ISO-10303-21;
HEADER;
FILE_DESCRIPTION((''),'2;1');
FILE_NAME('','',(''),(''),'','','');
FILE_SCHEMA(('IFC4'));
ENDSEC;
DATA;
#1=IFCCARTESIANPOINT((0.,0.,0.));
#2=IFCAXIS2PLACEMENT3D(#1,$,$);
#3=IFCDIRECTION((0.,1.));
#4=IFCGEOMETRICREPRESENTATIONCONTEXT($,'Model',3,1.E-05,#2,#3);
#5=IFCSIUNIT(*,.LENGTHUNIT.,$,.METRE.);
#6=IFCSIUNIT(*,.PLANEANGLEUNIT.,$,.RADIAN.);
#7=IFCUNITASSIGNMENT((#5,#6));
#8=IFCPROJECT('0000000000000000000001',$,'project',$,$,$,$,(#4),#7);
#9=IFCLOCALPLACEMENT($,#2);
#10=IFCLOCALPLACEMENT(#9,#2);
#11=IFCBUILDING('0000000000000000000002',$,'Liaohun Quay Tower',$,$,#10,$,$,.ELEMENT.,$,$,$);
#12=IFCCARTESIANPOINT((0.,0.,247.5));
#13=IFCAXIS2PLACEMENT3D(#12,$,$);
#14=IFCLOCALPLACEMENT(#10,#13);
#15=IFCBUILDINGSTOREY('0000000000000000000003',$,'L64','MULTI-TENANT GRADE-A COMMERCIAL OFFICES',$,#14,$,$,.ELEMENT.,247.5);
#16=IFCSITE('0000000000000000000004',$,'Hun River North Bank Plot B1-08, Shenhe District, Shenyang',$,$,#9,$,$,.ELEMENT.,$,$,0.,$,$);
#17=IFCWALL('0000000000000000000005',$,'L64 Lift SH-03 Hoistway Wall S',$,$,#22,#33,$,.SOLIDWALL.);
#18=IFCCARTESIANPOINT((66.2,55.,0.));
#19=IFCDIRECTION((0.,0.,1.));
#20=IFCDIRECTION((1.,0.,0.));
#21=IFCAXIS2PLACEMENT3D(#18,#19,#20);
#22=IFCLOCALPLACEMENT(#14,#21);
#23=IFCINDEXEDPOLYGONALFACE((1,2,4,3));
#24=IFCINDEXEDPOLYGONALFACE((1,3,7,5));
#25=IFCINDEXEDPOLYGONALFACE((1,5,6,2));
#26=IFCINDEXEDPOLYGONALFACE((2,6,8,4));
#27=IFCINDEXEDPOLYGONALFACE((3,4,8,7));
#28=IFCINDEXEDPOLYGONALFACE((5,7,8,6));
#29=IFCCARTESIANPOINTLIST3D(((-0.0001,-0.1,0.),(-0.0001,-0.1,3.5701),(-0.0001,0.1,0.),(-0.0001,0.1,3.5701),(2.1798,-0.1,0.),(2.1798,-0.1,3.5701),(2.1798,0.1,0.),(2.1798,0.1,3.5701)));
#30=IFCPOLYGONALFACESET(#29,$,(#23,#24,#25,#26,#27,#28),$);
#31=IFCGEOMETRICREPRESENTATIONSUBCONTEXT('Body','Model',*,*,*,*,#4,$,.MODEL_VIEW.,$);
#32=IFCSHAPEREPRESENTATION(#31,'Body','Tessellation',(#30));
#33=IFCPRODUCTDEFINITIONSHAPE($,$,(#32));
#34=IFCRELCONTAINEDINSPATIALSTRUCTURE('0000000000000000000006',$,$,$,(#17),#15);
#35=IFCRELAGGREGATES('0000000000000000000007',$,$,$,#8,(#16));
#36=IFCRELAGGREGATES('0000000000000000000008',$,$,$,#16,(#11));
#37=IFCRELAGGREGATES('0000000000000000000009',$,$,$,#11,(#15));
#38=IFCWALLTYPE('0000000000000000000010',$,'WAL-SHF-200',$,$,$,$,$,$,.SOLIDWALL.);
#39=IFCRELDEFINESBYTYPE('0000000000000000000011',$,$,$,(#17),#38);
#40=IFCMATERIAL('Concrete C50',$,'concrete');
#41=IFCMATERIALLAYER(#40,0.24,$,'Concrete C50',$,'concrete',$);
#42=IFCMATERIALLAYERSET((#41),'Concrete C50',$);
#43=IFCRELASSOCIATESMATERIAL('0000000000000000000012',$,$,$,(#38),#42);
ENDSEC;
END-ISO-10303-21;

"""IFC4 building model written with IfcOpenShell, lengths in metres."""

from ifc_helpers import new_model, si_unit, direction, frame, frame_2d, origin, place, context, subcontext, project, spatial, rectangle, extrude, material, layer, layer_set, type_object, element, save


model = new_model("IFC4")

# Units and contexts
model_context = context("Model", 3, precision=1e-05, world=origin(), true_north=direction((0.0, 1.0)))
body_context = subcontext(model_context, "Body", "Model", "MODEL_VIEW")
ifc_project = project(units=[si_unit("LENGTHUNIT", "METRE"), si_unit("PLANEANGLEUNIT", "RADIAN")], contexts=[model_context])

# Site, building, storey
site_placement = place(None, origin())
site = spatial("IfcSite", under=ifc_project, at=site_placement, Name="Hun River North Bank Plot B1-08, Shenhe District, Shenyang", CompositionType="ELEMENT", RefElevation=0.0)
building_placement = place(site_placement, origin())
building = spatial("IfcBuilding", under=site, at=building_placement, Name="Liaohun Quay Tower", CompositionType="ELEMENT")
storey_placement = place(building_placement, frame((0.0, 0.0, 247.5)))
storey = spatial("IfcBuildingStorey", under=building, at=storey_placement, Name="L64", Description="MULTI-TENANT GRADE-A COMMERCIAL OFFICES", CompositionType="ELEMENT", Elevation=247.5)

# Shared definitions
ifc_material_1 = material(Name="Concrete C50", Category="concrete")
ifc_layer_1 = layer(ifc_material_1, 0.24, Name="Concrete C50", Category="concrete")
ifc_layer_set_1 = layer_set([ifc_layer_1], Name="Concrete C50")
wall_type_1 = type_object("IfcWallType", Name="WAL-SHF-200", PredefinedType="SOLIDWALL", material=ifc_layer_set_1)

# Wall
wall_1_placement = place(storey_placement, frame((66.2, 55.0, 0.0), z_axis=(0.0, 0.0, 1.0), x_axis=(1.0, 0.0, 0.0)))
element("IfcWall", 1, at=wall_1_placement, inside=storey, type_object=wall_type_1, Name="L64 Lift SH-03 Hoistway Wall S", PredefinedType="SOLIDWALL", context=body_context, shape_type="SweptSolid", body=[
    extrude(rectangle(XDim=2.1799, YDim=0.2, at=frame_2d((1.0898, 0.0))), origin(), (0.0, 0.0, 1.0), 3.5701),
])

save(model, "model.ifc")
